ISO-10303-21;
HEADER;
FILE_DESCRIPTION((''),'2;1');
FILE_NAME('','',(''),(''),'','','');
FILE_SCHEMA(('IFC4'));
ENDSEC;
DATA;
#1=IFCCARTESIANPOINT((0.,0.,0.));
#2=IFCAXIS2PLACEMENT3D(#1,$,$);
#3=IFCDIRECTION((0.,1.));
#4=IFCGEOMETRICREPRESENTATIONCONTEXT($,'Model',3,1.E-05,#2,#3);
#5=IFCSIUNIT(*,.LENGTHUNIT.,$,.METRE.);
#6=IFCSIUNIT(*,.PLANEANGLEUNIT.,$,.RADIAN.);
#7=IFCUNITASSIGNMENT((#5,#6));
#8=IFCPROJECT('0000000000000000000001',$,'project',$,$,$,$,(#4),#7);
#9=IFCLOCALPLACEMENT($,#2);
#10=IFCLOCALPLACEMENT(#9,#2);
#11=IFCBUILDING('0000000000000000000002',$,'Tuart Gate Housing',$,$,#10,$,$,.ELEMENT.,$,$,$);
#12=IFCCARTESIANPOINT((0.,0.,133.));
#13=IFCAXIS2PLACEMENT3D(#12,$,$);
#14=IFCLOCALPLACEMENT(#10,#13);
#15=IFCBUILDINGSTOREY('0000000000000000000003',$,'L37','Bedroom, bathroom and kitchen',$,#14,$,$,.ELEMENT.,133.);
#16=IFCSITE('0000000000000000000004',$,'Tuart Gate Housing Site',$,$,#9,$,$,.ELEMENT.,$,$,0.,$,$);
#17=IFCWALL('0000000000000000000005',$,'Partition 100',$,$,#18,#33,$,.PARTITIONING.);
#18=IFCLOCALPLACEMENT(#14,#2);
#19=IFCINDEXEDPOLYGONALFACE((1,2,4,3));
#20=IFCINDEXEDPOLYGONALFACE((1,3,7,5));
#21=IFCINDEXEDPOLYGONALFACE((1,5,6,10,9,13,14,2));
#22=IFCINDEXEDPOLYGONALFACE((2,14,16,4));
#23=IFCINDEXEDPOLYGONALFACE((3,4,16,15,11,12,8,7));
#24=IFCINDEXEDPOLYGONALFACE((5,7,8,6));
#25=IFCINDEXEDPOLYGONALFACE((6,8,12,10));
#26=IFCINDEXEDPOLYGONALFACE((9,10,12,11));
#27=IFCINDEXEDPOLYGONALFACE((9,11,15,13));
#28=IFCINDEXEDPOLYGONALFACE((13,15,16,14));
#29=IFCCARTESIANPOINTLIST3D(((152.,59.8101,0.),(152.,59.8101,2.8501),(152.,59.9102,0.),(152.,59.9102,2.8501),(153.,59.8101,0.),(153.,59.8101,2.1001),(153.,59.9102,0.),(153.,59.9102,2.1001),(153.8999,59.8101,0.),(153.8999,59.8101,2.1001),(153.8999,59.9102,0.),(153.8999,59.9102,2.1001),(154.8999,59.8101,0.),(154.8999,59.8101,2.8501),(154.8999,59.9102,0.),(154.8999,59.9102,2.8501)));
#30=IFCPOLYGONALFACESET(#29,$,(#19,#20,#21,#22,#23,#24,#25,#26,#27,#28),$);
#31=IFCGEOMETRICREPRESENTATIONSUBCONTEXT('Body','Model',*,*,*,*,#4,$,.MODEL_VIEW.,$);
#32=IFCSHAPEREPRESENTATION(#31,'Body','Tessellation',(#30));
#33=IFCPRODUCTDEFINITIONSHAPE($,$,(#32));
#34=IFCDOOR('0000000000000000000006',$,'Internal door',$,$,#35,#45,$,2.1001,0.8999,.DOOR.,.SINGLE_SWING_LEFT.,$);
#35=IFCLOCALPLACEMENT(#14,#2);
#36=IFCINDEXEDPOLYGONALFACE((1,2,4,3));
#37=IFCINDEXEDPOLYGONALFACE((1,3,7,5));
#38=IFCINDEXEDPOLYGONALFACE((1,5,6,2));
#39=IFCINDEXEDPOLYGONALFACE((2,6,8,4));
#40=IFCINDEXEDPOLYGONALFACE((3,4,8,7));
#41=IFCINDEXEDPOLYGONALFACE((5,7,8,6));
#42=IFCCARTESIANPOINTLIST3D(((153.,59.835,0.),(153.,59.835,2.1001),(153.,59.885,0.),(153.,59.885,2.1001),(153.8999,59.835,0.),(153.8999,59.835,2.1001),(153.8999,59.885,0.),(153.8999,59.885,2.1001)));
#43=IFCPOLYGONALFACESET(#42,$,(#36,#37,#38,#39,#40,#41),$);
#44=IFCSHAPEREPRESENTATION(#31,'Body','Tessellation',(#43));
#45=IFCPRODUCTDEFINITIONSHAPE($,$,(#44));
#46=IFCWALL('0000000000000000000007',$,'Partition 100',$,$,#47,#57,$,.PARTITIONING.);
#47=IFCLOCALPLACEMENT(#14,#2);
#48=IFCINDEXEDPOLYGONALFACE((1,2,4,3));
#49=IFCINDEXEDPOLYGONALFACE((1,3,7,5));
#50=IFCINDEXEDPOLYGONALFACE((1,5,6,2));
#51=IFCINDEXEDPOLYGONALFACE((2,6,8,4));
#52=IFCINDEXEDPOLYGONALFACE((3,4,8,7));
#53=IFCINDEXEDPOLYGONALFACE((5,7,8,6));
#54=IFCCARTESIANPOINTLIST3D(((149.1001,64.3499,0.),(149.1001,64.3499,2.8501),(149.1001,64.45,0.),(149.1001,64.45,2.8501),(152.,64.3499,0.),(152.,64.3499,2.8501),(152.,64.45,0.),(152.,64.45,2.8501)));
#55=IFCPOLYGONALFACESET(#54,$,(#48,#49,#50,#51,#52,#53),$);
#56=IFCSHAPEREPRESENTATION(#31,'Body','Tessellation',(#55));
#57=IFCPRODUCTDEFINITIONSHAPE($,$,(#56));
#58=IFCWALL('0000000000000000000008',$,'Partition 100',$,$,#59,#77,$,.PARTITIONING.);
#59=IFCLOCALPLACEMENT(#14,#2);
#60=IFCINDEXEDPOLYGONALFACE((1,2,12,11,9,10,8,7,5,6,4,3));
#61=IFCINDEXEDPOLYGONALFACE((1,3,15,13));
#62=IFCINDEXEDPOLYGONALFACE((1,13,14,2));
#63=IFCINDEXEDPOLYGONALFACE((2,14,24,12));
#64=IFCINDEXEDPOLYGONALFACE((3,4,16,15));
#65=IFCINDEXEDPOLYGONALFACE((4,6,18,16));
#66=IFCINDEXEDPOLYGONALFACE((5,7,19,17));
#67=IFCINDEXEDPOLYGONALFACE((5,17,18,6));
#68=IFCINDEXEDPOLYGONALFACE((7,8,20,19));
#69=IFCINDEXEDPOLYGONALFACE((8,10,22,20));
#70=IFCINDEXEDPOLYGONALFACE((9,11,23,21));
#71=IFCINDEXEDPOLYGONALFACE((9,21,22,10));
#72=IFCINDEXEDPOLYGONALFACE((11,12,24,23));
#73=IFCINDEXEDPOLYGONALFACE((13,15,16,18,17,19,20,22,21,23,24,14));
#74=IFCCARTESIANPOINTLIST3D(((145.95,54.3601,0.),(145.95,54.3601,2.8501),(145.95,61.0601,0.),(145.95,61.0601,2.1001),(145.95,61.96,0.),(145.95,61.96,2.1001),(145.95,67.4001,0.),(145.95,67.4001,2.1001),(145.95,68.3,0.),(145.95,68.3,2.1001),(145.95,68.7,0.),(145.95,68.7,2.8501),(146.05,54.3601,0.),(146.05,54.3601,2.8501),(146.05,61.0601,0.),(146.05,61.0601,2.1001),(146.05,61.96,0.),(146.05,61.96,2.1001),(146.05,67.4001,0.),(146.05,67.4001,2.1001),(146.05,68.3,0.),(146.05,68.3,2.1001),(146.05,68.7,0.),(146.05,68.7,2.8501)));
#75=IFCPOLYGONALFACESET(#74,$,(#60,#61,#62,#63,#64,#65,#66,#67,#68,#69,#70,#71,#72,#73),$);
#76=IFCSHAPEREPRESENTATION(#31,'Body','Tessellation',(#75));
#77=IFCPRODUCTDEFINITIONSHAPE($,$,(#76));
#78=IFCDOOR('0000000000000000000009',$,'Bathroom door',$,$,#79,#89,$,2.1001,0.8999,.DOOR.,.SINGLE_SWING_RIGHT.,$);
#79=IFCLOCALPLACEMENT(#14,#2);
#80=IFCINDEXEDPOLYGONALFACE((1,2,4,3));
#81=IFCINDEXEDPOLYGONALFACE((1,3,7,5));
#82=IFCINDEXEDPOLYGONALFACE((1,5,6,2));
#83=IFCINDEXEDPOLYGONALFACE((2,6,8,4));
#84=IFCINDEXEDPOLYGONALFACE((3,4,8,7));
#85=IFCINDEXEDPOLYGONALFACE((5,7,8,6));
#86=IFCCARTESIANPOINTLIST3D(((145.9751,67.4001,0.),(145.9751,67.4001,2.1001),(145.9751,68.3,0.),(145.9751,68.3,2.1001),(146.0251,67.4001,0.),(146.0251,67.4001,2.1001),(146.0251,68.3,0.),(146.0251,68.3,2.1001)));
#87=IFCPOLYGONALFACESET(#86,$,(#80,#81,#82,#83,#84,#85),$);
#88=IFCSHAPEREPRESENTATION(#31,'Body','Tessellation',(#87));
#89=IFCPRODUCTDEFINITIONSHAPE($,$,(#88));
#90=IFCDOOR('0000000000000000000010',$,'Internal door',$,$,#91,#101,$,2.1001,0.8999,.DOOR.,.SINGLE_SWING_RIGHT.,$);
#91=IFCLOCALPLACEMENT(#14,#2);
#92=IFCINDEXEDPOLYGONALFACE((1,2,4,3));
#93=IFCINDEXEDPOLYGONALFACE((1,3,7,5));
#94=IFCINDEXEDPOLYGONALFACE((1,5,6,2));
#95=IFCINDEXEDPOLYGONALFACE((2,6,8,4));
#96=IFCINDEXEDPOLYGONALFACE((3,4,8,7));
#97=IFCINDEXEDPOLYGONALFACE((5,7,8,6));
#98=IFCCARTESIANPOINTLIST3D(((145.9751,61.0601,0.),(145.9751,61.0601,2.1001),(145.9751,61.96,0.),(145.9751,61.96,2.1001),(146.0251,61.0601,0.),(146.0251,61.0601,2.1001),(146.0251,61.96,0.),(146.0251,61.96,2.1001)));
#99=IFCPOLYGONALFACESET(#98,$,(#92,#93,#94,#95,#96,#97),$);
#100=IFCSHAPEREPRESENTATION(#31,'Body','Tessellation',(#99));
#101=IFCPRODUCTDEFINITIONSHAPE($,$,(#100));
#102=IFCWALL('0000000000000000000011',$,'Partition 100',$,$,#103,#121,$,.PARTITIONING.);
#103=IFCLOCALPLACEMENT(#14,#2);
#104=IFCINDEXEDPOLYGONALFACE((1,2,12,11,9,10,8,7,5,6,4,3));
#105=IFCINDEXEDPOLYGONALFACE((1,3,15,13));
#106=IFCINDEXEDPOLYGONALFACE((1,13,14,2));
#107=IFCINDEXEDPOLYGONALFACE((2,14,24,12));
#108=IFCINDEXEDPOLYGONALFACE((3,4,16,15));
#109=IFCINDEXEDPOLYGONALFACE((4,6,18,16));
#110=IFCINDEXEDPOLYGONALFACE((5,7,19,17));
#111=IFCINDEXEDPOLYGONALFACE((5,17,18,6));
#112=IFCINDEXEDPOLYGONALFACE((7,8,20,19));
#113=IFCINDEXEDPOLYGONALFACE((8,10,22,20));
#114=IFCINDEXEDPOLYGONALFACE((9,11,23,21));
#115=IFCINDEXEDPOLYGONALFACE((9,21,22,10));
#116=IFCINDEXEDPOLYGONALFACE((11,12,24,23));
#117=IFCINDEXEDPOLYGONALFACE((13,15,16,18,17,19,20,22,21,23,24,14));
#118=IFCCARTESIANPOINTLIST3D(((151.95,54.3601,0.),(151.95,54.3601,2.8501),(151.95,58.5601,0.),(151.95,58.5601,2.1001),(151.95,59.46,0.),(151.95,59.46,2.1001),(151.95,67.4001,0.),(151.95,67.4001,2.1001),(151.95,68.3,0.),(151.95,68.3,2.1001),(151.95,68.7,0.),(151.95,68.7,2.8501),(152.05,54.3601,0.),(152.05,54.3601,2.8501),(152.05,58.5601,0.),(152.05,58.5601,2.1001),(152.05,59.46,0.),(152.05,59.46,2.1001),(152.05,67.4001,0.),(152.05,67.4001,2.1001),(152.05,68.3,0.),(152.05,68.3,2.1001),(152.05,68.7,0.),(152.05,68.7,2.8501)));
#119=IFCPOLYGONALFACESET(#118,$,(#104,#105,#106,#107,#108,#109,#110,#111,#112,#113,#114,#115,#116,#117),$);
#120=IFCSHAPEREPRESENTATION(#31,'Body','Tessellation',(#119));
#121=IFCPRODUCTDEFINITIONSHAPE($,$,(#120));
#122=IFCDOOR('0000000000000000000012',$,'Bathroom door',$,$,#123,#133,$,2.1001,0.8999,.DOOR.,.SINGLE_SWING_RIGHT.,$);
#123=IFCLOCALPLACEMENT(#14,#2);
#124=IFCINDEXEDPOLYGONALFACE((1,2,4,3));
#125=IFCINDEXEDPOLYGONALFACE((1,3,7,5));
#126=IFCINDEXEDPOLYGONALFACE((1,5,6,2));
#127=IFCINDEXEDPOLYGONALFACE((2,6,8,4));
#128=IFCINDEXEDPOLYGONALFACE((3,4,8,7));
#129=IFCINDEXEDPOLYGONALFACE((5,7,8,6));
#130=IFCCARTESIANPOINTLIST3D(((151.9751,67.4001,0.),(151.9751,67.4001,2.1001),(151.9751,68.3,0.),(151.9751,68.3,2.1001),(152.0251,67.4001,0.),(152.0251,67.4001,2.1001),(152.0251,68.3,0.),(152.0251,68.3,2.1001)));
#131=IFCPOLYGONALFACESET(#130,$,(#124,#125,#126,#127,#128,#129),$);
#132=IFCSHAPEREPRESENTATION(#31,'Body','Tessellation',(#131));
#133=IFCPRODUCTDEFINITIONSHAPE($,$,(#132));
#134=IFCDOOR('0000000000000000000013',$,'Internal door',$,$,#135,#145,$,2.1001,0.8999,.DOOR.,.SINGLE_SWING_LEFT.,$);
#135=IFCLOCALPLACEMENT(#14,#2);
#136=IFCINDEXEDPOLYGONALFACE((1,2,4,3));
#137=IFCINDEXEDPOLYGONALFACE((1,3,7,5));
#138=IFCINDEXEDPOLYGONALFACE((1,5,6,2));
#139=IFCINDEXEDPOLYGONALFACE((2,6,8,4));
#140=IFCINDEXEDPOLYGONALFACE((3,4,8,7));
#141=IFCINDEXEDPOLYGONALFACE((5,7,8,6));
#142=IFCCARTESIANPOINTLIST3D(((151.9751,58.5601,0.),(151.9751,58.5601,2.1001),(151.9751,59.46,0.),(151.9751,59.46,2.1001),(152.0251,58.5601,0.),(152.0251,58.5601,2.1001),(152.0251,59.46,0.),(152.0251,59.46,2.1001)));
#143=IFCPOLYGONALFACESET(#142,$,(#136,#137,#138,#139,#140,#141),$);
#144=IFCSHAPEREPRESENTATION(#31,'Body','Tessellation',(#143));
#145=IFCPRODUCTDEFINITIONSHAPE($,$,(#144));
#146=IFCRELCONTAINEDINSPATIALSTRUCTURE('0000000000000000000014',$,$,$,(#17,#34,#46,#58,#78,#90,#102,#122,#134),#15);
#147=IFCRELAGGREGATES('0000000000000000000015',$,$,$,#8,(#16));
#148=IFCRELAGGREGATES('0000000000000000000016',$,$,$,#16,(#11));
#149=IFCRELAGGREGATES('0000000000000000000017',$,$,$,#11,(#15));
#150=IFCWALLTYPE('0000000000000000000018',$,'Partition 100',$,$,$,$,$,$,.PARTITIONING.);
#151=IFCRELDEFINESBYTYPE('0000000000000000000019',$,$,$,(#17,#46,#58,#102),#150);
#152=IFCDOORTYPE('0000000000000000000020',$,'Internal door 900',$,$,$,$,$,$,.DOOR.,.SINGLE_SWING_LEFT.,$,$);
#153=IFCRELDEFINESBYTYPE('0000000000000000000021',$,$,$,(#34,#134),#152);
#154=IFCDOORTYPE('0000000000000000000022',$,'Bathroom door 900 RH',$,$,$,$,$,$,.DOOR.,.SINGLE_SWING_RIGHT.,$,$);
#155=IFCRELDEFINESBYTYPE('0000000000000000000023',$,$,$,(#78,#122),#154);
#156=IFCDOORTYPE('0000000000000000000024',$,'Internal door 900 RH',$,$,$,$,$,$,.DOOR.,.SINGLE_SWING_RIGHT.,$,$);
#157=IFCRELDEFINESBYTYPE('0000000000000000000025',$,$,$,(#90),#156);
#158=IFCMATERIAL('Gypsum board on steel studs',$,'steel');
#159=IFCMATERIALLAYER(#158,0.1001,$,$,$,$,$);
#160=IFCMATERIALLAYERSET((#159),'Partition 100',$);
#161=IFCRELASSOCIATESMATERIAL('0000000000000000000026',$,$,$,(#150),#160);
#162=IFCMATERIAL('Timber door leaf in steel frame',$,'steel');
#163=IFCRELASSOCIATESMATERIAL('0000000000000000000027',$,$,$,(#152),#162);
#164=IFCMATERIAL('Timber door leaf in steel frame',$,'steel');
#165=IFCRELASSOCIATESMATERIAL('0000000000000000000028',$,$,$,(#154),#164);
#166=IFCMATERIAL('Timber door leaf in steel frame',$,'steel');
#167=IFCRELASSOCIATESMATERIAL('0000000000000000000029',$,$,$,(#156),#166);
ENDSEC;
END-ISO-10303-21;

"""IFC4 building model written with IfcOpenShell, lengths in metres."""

from ifc_helpers import new_model, si_unit, direction, frame, frame_2d, origin, place, context, subcontext, project, spatial, rectangle, extrude, material, layer, layer_set, type_object, element, fill, save


model = new_model("IFC4")

# Units and contexts
model_context = context("Model", 3, precision=1e-05, world=origin(), true_north=direction((0.0, 1.0)))
body_context = subcontext(model_context, "Body", "Model", "MODEL_VIEW")
ifc_project = project(units=[si_unit("LENGTHUNIT", "METRE"), si_unit("PLANEANGLEUNIT", "RADIAN")], contexts=[model_context])

# Site, building, storey
site_placement = place(None, origin())
site = spatial("IfcSite", under=ifc_project, at=site_placement, Name="Tuart Gate Housing Site", CompositionType="ELEMENT", RefElevation=0.0)
building_placement = place(site_placement, origin())
building = spatial("IfcBuilding", under=site, at=building_placement, Name="Tuart Gate Housing", CompositionType="ELEMENT")
storey_placement = place(building_placement, frame((0.0, 0.0, 133.0)))
storey = spatial("IfcBuildingStorey", under=building, at=storey_placement, Name="L37", Description="Bedroom, bathroom and kitchen", CompositionType="ELEMENT", Elevation=133.0)

# Shared definitions
ifc_material_1 = material(Name="Gypsum board on steel studs", Category="steel")
ifc_layer_1 = layer(ifc_material_1, 0.1001)
ifc_layer_set_1 = layer_set([ifc_layer_1], Name="Partition 100")
wall_type_1 = type_object("IfcWallType", Name="Partition 100", PredefinedType="PARTITIONING", material=ifc_layer_set_1)

# Wall, opening, door
wall_1_placement = place(storey_placement, frame((152.0, 59.8601, 0.0), z_axis=(0.0, 0.0, 1.0), x_axis=(1.0, 0.0, 0.0)))
wall_1 = element("IfcWall", 1, at=wall_1_placement, inside=storey, type_object=wall_type_1, Name="Partition 100", PredefinedType="PARTITIONING", context=body_context, shape_type="SweptSolid", body=[
    extrude(rectangle(XDim=2.8999, YDim=0.1001, at=frame_2d((1.45, 0.0))), origin(), (0.0, 0.0, 1.0), 2.8501),
])
opening_1_placement = place(wall_1_placement, frame((1.0, 0.0, 0.0)))
opening_1 = element("IfcOpeningElement", 2, at=opening_1_placement, cuts=wall_1, PredefinedType="OPENING", context=body_context, shape_type="SweptSolid", body=[
    extrude(rectangle(XDim=0.8999, YDim=2.1001, at=frame_2d((0.45, 1.05))), frame((0.0, 0.0601, 0.0), z_axis=(0.0, -1.0, 0.0), x_axis=(1.0, 0.0, 0.0)), (0.0, 0.0, 1.0), 0.1201),
])
ifc_material_2 = material(Name="Timber door leaf in steel frame", Category="steel")
door_type_1 = type_object("IfcDoorType", Name="Internal door 900", OperationType="SINGLE_SWING_LEFT", PredefinedType="DOOR", material=ifc_material_2)
door_1_placement = place(opening_1_placement, origin())
door_1 = element("IfcDoor", 3, at=door_1_placement, inside=storey, type_object=door_type_1, Name="Internal door", OperationType="SINGLE_SWING_LEFT", OverallHeight=2.1001, OverallWidth=0.8999, PredefinedType="DOOR", context=body_context, shape_type="SweptSolid", body=[
    extrude(rectangle(XDim=0.8999, YDim=2.1001, at=frame_2d((0.45, 1.05))), frame((0.0, 0.0249, 0.0), z_axis=(0.0, -1.0, 0.0), x_axis=(1.0, 0.0, 0.0)), (0.0, 0.0, 1.0), 0.05),
])
fill(opening_1, door_1)

# Wall
wall_2_placement = place(storey_placement, frame((149.1001, 64.3999, 0.0), z_axis=(0.0, 0.0, 1.0), x_axis=(1.0, 0.0, 0.0)))
element("IfcWall", 4, at=wall_2_placement, inside=storey, type_object=wall_type_1, Name="Partition 100", PredefinedType="PARTITIONING", context=body_context, shape_type="SweptSolid", body=[
    extrude(rectangle(XDim=2.8999, YDim=0.1001, at=frame_2d((1.45, 0.0))), origin(), (0.0, 0.0, 1.0), 2.8501),
])

# Walls, openings, doors
wall_3_placement = place(storey_placement, frame((146.0, 54.3601, 0.0), z_axis=(0.0, 0.0, 1.0), x_axis=(0.0, 1.0, 0.0)))
wall_3 = element("IfcWall", 5, at=wall_3_placement, inside=storey, type_object=wall_type_1, Name="Partition 100", PredefinedType="PARTITIONING", context=body_context, shape_type="SweptSolid", body=[
    extrude(rectangle(XDim=14.3398, YDim=0.1001, at=frame_2d((7.1699, 0.0))), origin(), (0.0, 0.0, 1.0), 2.8501),
])
opening_2_placement = place(wall_3_placement, frame((6.7, 0.0, 0.0)))
opening_2 = element("IfcOpeningElement", 6, at=opening_2_placement, cuts=wall_3, PredefinedType="OPENING", context=body_context, shape_type="SweptSolid", body=[
    extrude(rectangle(XDim=0.8999, YDim=2.1001, at=frame_2d((0.45, 1.05))), frame((0.0, 0.0601, 0.0), z_axis=(0.0, -1.0, 0.0), x_axis=(1.0, 0.0, 0.0)), (0.0, 0.0, 1.0), 0.1201),
])
opening_3_placement = place(wall_3_placement, frame((13.04, 0.0, 0.0)))
opening_3 = element("IfcOpeningElement", 7, at=opening_3_placement, cuts=wall_3, PredefinedType="OPENING", context=body_context, shape_type="SweptSolid", body=[
    extrude(rectangle(XDim=0.8999, YDim=2.1001, at=frame_2d((0.45, 1.05))), frame((0.0, 0.0601, 0.0), z_axis=(0.0, -1.0, 0.0), x_axis=(1.0, 0.0, 0.0)), (0.0, 0.0, 1.0), 0.1201),
])
ifc_material_3 = material(Name="Timber door leaf in steel frame", Category="steel")
door_type_2 = type_object("IfcDoorType", Name="Bathroom door 900 RH", OperationType="SINGLE_SWING_RIGHT", PredefinedType="DOOR", material=ifc_material_3)
door_2_placement = place(opening_3_placement, origin())
door_2 = element("IfcDoor", 8, at=door_2_placement, inside=storey, type_object=door_type_2, Name="Bathroom door", OperationType="SINGLE_SWING_RIGHT", OverallHeight=2.1001, OverallWidth=0.8999, PredefinedType="DOOR", context=body_context, shape_type="SweptSolid", body=[
    extrude(rectangle(XDim=0.8999, YDim=2.1001, at=frame_2d((0.45, 1.05))), frame((0.0, 0.0249, 0.0), z_axis=(0.0, -1.0, 0.0), x_axis=(1.0, 0.0, 0.0)), (0.0, 0.0, 1.0), 0.05),
])
fill(opening_3, door_2)
ifc_material_4 = material(Name="Timber door leaf in steel frame", Category="steel")
door_type_3 = type_object("IfcDoorType", Name="Internal door 900 RH", OperationType="SINGLE_SWING_RIGHT", PredefinedType="DOOR", material=ifc_material_4)
door_3_placement = place(opening_2_placement, origin())
door_3 = element("IfcDoor", 9, at=door_3_placement, inside=storey, type_object=door_type_3, Name="Internal door", OperationType="SINGLE_SWING_RIGHT", OverallHeight=2.1001, OverallWidth=0.8999, PredefinedType="DOOR", context=body_context, shape_type="SweptSolid", body=[
    extrude(rectangle(XDim=0.8999, YDim=2.1001, at=frame_2d((0.45, 1.05))), frame((0.0, 0.0249, 0.0), z_axis=(0.0, -1.0, 0.0), x_axis=(1.0, 0.0, 0.0)), (0.0, 0.0, 1.0), 0.05),
])
fill(opening_2, door_3)
wall_4_placement = place(storey_placement, frame((152.0, 54.3601, 0.0), z_axis=(0.0, 0.0, 1.0), x_axis=(0.0, 1.0, 0.0)))
wall_4 = element("IfcWall", 10, at=wall_4_placement, inside=storey, type_object=wall_type_1, Name="Partition 100", PredefinedType="PARTITIONING", context=body_context, shape_type="SweptSolid", body=[
    extrude(rectangle(XDim=14.3398, YDim=0.1001, at=frame_2d((7.1699, 0.0))), origin(), (0.0, 0.0, 1.0), 2.8501),
])
opening_4_placement = place(wall_4_placement, frame((4.2, 0.0, 0.0)))
opening_4 = element("IfcOpeningElement", 11, at=opening_4_placement, cuts=wall_4, PredefinedType="OPENING", context=body_context, shape_type="SweptSolid", body=[
    extrude(rectangle(XDim=0.8999, YDim=2.1001, at=frame_2d((0.45, 1.05))), frame((0.0, 0.0601, 0.0), z_axis=(0.0, -1.0, 0.0), x_axis=(1.0, 0.0, 0.0)), (0.0, 0.0, 1.0), 0.1201),
])
opening_5_placement = place(wall_4_placement, frame((13.04, 0.0, 0.0)))
opening_5 = element("IfcOpeningElement", 12, at=opening_5_placement, cuts=wall_4, PredefinedType="OPENING", context=body_context, shape_type="SweptSolid", body=[
    extrude(rectangle(XDim=0.8999, YDim=2.1001, at=frame_2d((0.45, 1.05))), frame((0.0, 0.0601, 0.0), z_axis=(0.0, -1.0, 0.0), x_axis=(1.0, 0.0, 0.0)), (0.0, 0.0, 1.0), 0.1201),
])
door_4_placement = place(opening_5_placement, origin())
door_4 = element("IfcDoor", 13, at=door_4_placement, inside=storey, type_object=door_type_2, Name="Bathroom door", OperationType="SINGLE_SWING_RIGHT", OverallHeight=2.1001, OverallWidth=0.8999, PredefinedType="DOOR", context=body_context, shape_type="SweptSolid", body=[
    extrude(rectangle(XDim=0.8999, YDim=2.1001, at=frame_2d((0.45, 1.05))), frame((0.0, 0.0249, 0.0), z_axis=(0.0, -1.0, 0.0), x_axis=(1.0, 0.0, 0.0)), (0.0, 0.0, 1.0), 0.05),
])
fill(opening_5, door_4)
door_5_placement = place(opening_4_placement, origin())
door_5 = element("IfcDoor", 14, at=door_5_placement, inside=storey, type_object=door_type_1, Name="Internal door", OperationType="SINGLE_SWING_LEFT", OverallHeight=2.1001, OverallWidth=0.8999, PredefinedType="DOOR", context=body_context, shape_type="SweptSolid", body=[
    extrude(rectangle(XDim=0.8999, YDim=2.1001, at=frame_2d((0.45, 1.05))), frame((0.0, 0.0249, 0.0), z_axis=(0.0, -1.0, 0.0), x_axis=(1.0, 0.0, 0.0)), (0.0, 0.0, 1.0), 0.05),
])
fill(opening_4, door_5)

save(model, "model.ifc")
